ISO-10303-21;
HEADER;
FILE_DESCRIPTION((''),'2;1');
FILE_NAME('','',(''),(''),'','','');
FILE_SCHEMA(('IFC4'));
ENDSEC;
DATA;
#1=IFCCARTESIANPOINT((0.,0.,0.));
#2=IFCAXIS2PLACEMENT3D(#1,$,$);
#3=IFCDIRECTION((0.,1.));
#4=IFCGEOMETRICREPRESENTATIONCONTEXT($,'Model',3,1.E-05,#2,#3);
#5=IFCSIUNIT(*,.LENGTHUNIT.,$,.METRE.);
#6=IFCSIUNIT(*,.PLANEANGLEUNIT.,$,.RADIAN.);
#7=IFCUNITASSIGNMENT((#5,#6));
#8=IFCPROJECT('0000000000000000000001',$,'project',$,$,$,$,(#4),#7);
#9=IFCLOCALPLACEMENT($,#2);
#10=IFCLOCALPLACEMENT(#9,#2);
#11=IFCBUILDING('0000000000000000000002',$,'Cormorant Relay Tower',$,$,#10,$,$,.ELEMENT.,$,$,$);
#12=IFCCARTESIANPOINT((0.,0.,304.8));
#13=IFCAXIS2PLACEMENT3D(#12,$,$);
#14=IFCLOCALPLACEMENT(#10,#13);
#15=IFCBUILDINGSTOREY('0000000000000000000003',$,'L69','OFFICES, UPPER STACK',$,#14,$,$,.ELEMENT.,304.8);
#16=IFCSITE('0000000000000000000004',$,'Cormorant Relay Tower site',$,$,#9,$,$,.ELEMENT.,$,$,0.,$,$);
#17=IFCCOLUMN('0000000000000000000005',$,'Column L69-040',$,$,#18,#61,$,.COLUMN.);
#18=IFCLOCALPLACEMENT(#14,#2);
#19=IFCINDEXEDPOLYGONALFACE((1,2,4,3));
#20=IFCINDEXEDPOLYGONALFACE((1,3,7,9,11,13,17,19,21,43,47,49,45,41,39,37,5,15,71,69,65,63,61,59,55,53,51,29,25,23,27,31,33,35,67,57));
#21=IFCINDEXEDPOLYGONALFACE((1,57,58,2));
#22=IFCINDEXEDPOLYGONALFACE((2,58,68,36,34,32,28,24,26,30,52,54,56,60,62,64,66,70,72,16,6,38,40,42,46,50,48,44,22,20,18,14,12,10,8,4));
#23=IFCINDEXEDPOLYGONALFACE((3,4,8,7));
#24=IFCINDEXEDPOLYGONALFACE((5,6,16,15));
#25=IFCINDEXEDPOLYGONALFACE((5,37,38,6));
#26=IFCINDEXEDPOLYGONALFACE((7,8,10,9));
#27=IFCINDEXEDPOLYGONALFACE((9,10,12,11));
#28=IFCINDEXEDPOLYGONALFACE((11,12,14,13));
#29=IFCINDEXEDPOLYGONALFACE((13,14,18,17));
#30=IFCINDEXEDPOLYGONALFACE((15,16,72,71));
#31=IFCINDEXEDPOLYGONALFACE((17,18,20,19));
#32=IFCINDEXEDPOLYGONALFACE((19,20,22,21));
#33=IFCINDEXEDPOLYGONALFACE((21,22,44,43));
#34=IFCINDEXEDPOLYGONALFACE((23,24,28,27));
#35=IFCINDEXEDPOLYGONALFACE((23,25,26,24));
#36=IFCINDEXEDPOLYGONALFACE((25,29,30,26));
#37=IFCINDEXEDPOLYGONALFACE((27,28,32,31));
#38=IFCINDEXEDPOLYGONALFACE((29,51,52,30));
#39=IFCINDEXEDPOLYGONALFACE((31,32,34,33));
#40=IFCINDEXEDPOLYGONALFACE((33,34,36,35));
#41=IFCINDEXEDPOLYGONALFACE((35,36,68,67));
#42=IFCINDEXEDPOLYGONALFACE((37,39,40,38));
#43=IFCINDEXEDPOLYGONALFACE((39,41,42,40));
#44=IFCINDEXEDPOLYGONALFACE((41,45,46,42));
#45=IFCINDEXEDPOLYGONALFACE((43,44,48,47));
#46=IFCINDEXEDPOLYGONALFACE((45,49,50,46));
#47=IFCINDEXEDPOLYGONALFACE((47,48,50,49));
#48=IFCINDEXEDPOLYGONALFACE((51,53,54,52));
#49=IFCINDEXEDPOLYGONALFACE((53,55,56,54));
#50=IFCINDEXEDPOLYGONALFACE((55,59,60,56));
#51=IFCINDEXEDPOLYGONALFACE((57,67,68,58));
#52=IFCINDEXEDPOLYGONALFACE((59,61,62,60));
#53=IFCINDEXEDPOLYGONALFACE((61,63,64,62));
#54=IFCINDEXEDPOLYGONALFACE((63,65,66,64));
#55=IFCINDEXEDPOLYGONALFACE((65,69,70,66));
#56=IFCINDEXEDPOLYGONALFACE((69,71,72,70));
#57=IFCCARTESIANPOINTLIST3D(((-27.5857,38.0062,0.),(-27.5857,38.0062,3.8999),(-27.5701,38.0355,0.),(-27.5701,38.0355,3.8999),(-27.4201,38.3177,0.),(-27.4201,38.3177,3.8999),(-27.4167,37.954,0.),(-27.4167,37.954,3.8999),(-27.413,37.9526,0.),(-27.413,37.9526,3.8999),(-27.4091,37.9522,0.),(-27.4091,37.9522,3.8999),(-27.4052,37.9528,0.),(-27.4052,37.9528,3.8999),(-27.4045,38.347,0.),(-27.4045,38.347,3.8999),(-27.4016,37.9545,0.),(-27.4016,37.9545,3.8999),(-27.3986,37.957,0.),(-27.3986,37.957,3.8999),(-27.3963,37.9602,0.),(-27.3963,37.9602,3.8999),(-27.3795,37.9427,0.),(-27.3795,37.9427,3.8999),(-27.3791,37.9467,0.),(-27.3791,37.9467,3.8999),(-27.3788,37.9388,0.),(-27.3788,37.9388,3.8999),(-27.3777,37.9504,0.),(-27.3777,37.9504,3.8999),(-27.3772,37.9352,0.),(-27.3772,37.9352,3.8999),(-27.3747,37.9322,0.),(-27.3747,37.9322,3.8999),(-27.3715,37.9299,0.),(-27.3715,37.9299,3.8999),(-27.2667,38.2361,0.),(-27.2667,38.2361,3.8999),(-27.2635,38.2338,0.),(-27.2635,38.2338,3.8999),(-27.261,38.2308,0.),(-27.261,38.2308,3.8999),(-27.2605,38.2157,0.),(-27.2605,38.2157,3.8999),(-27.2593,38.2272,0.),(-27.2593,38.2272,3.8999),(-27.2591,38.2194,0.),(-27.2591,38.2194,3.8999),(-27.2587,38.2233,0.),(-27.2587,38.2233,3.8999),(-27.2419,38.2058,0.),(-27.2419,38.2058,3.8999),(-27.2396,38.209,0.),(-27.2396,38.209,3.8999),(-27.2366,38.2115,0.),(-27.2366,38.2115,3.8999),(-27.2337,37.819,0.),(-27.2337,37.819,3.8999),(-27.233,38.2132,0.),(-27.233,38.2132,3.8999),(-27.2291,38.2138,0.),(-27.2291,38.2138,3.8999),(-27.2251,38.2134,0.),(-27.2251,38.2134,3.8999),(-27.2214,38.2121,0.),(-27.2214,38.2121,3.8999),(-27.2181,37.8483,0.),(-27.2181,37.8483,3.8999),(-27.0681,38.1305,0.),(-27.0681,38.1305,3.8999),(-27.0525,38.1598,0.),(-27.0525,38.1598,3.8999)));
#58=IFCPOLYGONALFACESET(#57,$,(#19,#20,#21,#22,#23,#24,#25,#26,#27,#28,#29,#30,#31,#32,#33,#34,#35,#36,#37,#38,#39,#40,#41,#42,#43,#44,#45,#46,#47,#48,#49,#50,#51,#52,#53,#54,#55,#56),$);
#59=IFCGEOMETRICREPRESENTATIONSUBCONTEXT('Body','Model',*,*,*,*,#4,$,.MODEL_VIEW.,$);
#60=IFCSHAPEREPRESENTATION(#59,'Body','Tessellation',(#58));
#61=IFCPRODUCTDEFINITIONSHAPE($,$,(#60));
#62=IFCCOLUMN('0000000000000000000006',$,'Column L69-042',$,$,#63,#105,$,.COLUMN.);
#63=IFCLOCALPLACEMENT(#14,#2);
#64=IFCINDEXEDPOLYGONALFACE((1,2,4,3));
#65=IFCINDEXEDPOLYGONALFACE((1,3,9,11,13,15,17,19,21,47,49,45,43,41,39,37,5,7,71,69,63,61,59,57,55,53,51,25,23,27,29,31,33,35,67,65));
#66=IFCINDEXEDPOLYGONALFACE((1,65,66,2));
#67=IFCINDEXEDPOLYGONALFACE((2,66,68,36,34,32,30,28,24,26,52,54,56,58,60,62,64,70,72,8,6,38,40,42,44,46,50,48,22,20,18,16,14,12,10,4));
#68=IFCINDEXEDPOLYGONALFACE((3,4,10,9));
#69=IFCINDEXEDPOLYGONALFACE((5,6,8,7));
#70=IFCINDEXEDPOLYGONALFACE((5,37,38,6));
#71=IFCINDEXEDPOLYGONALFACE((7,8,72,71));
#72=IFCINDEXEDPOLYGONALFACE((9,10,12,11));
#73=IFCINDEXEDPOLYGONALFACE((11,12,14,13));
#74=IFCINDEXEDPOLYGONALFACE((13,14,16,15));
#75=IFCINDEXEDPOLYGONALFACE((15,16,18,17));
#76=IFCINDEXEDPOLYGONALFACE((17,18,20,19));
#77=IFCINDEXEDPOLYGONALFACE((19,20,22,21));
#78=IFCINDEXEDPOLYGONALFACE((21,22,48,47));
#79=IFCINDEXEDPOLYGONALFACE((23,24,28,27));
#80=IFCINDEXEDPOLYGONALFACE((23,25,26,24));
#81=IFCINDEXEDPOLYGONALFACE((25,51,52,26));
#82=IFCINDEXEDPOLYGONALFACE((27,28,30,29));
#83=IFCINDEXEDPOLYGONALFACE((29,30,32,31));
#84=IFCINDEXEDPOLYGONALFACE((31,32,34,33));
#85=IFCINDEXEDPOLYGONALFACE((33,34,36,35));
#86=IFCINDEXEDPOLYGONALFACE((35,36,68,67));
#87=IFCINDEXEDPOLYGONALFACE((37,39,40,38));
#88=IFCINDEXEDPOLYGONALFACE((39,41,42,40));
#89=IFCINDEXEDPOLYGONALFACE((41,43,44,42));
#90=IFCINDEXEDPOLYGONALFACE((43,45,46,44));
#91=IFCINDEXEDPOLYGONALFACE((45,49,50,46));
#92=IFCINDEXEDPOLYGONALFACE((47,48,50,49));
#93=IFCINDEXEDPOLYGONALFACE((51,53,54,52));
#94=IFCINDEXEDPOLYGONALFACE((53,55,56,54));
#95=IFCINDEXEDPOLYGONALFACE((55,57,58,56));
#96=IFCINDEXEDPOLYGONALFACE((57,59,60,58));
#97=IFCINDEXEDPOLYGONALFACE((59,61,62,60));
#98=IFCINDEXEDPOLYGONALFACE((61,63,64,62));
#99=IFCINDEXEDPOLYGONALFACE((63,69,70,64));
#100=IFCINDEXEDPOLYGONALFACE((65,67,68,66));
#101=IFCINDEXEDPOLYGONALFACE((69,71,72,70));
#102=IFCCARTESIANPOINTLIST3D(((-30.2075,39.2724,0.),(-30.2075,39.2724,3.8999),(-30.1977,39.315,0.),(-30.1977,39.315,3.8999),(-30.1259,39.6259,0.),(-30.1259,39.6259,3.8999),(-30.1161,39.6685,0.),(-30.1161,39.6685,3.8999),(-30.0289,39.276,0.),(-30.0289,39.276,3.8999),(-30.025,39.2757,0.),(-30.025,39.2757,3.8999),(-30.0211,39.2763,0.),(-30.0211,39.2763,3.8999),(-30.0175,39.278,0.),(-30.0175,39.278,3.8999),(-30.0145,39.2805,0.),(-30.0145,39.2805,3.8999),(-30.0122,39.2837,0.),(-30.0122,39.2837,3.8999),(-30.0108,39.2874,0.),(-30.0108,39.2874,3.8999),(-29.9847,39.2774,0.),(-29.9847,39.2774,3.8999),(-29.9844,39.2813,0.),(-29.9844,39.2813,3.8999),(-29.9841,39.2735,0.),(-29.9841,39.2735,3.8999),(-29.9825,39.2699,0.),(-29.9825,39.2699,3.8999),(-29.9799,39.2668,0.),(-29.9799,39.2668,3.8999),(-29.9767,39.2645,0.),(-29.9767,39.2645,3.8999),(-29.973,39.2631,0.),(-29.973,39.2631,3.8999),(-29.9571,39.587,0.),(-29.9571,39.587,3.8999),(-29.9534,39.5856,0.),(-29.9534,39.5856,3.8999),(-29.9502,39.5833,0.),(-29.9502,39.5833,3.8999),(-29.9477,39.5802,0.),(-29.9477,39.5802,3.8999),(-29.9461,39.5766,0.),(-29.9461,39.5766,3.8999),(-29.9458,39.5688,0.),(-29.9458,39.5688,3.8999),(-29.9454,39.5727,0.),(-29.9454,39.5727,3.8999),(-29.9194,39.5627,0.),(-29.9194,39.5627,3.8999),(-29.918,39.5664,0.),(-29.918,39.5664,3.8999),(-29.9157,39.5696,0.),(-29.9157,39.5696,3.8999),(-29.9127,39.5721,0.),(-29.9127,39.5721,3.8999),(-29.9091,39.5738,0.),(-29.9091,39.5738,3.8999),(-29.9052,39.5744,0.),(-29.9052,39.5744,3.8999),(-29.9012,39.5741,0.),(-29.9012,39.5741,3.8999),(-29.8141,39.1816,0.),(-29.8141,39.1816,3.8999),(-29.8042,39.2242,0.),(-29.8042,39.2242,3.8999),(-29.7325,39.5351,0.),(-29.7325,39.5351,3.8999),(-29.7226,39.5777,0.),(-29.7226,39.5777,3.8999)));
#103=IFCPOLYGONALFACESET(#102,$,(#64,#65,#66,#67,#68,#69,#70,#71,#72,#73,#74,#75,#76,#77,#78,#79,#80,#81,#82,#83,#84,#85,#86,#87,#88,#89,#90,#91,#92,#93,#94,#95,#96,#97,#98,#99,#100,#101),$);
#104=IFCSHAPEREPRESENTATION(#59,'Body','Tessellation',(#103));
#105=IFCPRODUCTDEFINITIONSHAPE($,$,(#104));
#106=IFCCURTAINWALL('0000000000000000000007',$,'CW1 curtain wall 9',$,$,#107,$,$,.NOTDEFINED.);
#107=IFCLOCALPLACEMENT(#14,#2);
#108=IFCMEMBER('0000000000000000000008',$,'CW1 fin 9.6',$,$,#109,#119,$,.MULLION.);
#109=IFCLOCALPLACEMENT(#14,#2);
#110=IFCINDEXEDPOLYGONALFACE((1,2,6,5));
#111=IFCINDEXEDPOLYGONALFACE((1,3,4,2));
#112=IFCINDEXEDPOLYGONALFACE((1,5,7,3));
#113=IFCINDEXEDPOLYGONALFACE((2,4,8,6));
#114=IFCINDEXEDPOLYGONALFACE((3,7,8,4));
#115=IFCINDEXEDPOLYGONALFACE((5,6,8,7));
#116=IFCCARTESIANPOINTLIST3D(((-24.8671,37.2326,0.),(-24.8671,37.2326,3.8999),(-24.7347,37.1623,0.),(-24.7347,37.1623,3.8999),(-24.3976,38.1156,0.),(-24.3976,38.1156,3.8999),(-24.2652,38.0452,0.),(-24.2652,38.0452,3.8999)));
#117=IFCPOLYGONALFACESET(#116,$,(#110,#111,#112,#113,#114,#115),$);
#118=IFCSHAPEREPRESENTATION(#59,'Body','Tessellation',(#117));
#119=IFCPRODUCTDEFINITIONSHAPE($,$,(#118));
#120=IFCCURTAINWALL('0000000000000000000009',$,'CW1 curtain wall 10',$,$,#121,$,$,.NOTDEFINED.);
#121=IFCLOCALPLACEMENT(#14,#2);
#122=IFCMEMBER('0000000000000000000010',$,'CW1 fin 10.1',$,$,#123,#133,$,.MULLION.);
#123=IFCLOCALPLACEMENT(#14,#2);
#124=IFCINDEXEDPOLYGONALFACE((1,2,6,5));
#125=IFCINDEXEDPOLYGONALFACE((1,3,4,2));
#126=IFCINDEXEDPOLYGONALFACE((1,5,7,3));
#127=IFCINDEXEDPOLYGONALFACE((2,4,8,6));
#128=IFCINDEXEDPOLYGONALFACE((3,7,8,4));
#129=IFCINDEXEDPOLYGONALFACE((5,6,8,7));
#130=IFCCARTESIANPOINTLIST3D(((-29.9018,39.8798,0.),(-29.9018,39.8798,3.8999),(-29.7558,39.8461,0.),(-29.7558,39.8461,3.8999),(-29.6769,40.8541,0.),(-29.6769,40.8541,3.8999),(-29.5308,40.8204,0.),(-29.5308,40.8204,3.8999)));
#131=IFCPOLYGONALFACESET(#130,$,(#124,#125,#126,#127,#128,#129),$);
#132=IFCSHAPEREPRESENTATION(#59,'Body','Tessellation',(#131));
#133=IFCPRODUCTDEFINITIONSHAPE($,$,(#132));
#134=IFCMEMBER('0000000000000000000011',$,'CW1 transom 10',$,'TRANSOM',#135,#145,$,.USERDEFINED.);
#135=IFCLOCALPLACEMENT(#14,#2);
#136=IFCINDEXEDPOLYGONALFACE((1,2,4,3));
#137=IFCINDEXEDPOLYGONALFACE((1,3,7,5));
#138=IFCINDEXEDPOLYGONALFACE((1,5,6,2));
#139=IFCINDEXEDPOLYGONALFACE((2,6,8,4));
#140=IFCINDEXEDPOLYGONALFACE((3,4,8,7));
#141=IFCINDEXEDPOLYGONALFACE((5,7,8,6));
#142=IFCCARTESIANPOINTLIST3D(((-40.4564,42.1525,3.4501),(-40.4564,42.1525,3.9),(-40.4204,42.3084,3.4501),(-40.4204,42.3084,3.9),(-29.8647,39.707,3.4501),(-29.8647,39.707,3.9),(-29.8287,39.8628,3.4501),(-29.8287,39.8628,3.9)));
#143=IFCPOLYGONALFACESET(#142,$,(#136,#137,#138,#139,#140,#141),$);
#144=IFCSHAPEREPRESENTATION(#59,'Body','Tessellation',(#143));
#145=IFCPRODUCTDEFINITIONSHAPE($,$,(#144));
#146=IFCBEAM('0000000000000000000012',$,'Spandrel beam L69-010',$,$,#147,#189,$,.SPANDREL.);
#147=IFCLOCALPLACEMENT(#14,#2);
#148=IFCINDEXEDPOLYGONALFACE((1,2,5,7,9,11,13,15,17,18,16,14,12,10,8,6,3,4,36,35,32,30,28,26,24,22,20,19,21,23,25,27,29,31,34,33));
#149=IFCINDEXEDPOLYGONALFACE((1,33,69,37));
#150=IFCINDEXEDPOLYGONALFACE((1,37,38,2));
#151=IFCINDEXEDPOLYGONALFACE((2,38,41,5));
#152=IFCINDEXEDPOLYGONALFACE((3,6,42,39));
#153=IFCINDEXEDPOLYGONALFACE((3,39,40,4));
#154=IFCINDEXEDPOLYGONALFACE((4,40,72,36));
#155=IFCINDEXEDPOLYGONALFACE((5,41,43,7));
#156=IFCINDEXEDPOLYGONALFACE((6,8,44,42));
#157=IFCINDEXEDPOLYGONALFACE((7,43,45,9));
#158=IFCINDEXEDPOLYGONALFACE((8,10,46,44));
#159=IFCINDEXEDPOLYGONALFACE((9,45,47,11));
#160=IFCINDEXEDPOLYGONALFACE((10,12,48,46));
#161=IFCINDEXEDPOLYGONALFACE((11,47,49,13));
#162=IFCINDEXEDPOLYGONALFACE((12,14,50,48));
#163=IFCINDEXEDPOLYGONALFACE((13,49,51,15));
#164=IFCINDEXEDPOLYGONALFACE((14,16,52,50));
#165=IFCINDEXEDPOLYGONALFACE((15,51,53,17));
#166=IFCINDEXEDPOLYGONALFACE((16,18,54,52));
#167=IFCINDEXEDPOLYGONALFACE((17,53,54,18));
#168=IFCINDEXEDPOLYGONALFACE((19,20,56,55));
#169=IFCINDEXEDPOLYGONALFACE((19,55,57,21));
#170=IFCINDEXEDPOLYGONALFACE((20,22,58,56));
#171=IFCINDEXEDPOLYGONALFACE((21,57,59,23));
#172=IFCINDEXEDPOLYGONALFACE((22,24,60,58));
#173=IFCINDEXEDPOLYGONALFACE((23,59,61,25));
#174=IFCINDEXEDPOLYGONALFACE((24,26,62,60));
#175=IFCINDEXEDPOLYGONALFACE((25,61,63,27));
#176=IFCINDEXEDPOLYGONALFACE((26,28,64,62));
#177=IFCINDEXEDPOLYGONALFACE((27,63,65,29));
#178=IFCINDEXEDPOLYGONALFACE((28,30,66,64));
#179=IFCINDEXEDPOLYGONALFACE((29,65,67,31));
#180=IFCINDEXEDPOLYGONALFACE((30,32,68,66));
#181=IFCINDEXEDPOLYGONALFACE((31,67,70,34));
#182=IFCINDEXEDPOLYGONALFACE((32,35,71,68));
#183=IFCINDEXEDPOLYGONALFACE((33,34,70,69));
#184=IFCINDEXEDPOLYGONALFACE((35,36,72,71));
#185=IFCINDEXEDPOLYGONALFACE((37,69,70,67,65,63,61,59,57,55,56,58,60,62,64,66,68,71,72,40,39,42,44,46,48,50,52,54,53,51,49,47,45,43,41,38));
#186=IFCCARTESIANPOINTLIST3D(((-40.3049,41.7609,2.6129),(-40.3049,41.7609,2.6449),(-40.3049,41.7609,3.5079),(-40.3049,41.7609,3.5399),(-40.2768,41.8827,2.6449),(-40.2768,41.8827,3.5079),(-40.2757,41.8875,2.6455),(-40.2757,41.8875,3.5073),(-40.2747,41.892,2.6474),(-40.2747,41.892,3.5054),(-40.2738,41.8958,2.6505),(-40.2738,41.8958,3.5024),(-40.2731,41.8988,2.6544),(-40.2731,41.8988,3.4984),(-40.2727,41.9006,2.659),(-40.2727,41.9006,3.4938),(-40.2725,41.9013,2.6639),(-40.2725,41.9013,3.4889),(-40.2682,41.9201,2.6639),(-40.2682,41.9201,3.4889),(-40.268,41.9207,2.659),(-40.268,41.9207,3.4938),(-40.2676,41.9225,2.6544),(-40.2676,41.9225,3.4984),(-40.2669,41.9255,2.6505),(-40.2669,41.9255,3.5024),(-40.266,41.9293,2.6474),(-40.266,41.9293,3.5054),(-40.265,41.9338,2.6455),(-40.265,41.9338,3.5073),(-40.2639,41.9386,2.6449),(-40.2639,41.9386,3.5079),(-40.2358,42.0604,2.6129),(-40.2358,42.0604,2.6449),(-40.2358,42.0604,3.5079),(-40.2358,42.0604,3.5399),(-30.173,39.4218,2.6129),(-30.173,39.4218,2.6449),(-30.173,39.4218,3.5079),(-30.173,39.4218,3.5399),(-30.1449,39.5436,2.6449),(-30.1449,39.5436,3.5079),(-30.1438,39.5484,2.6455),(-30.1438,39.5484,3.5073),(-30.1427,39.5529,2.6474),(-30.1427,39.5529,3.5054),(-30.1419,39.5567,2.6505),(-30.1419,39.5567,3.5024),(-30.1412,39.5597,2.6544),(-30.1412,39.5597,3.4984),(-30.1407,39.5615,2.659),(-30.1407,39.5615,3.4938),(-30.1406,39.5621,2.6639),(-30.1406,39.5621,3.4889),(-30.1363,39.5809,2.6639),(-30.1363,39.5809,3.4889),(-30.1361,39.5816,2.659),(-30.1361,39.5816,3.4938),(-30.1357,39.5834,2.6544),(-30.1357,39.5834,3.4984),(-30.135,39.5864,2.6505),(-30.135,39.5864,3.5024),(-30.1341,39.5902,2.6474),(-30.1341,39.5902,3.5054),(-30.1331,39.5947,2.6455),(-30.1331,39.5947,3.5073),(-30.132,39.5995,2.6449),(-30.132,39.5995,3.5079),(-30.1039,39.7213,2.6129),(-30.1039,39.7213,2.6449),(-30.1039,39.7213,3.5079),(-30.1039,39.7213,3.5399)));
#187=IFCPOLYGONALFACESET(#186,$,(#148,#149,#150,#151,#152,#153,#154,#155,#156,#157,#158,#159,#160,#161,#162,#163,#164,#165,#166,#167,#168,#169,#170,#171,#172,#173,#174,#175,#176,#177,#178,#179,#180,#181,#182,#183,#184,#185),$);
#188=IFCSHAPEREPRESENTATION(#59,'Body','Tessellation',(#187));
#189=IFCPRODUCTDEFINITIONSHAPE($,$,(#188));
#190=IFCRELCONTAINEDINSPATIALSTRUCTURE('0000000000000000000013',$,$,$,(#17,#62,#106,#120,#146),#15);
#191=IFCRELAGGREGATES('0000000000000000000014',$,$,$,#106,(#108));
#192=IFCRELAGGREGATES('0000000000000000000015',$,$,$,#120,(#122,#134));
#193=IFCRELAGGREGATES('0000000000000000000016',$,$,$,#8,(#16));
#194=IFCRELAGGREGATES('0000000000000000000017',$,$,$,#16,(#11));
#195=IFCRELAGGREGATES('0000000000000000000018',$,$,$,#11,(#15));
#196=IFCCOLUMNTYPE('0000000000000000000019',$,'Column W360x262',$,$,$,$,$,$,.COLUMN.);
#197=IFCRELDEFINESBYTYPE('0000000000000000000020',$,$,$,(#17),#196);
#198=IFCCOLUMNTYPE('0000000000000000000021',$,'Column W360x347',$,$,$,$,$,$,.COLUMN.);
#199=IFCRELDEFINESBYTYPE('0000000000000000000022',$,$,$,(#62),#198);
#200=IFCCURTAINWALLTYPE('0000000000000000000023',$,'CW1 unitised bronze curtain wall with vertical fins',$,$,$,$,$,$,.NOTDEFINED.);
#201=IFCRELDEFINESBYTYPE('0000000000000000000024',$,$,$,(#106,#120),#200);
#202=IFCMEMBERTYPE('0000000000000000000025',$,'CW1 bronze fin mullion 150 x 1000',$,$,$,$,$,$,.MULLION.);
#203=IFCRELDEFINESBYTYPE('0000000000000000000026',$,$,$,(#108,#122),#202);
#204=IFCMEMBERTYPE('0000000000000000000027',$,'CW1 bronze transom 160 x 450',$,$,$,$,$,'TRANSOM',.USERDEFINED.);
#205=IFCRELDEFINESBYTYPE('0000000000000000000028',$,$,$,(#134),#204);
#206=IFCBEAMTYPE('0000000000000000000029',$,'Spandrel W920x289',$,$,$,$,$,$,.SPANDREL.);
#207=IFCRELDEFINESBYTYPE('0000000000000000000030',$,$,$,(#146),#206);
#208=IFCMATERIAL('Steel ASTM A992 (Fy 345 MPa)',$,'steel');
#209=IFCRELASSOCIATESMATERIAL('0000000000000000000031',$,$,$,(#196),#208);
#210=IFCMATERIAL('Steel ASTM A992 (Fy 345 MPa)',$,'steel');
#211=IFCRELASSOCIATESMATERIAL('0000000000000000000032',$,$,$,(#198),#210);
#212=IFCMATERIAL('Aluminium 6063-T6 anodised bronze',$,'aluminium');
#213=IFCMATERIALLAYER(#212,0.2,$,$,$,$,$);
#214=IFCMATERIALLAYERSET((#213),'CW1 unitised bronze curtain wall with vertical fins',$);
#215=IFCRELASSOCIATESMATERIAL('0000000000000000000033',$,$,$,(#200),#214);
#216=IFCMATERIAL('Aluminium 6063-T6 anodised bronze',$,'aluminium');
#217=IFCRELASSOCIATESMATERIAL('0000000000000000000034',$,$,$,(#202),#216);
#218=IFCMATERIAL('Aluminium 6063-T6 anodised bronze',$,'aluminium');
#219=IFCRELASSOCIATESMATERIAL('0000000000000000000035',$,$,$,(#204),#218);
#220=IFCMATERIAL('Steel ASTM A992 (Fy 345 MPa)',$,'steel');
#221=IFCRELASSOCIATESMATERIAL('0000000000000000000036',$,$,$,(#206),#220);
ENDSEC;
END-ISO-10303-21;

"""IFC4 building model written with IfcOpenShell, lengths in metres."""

from ifc_helpers import new_model, si_unit, direction, frame, origin, origin_2d, place, context, subcontext, project, spatial, rectangle, i_section, extrude, material, layer, layer_set, material_profile, profile_set, type_object, element, aggregate, save


model = new_model("IFC4")

# Units and contexts
model_context = context("Model", 3, precision=1e-05, world=origin(), true_north=direction((0.0, 1.0)))
body_context = subcontext(model_context, "Body", "Model", "MODEL_VIEW")
ifc_project = project(units=[si_unit("LENGTHUNIT", "METRE"), si_unit("PLANEANGLEUNIT", "RADIAN")], contexts=[model_context])

# Site, building, storey
site_placement = place(None, origin())
site = spatial("IfcSite", under=ifc_project, at=site_placement, Name="Cormorant Relay Tower site", CompositionType="ELEMENT", RefElevation=0.0)
building_placement = place(site_placement, origin())
building = spatial("IfcBuilding", under=site, at=building_placement, Name="Cormorant Relay Tower", CompositionType="ELEMENT")
storey_placement = place(building_placement, frame((0.0, 0.0, 304.8)))
storey = spatial("IfcBuildingStorey", under=building, at=storey_placement, Name="L69", Description="OFFICES, UPPER STACK", CompositionType="ELEMENT", Elevation=304.8)

# Columns
ifc_material_1 = material(Name="Steel ASTM A992 (Fy 345 MPa)", Category="steel")
ifc_material_profile_1 = material_profile(ifc_material_1, i_section(OverallWidth=0.3987, OverallDepth=0.386, WebThickness=0.021, FlangeThickness=0.0332, FilletRadius=0.0151, at=origin_2d()), Name="W360x262")
ifc_profile_set_1 = profile_set([ifc_material_profile_1], Name="Steel ASTM A992 (Fy 345 MPa)")
column_type_1 = type_object("IfcColumnType", Name="Column W360x262", PredefinedType="COLUMN", material=ifc_profile_set_1)
column_1_placement = place(storey_placement, frame((-27.3191, 38.083, 0.0), z_axis=(0.0, 0.0, 1.0), x_axis=(-0.882948, 0.469472, 0.0)))
element("IfcColumn", 1, at=column_1_placement, inside=storey, type_object=column_type_1, Name="Column L69-040", PredefinedType="COLUMN", context=body_context, shape_type="SweptSolid", body=[
    extrude(i_section(OverallWidth=0.3987, OverallDepth=0.386, WebThickness=0.021, FlangeThickness=0.0332, FilletRadius=0.0151, at=origin_2d()), origin(), (0.0, 0.0, 1.0), 3.8999),
])
ifc_material_2 = material(Name="Steel ASTM A992 (Fy 345 MPa)", Category="steel")
ifc_material_profile_2 = material_profile(ifc_material_2, i_section(OverallWidth=0.4038, OverallDepth=0.4065, WebThickness=0.0271, FlangeThickness=0.0437, FilletRadius=0.0151, at=origin_2d()), Name="W360x347")
ifc_profile_set_2 = profile_set([ifc_material_profile_2], Name="Steel ASTM A992 (Fy 345 MPa)")
column_type_2 = type_object("IfcColumnType", Name="Column W360x347", PredefinedType="COLUMN", material=ifc_profile_set_2)
column_2_placement = place(storey_placement, frame((-29.9651, 39.425, 0.0), z_axis=(0.0, 0.0, 1.0), x_axis=(-0.97437, 0.224951, 0.0)))
element("IfcColumn", 2, at=column_2_placement, inside=storey, type_object=column_type_2, Name="Column L69-042", PredefinedType="COLUMN", context=body_context, shape_type="SweptSolid", body=[
    extrude(i_section(OverallWidth=0.4038, OverallDepth=0.4065, WebThickness=0.0271, FlangeThickness=0.0437, FilletRadius=0.0151, at=origin_2d()), origin(), (0.0, 0.0, 1.0), 3.8999),
])

# Curtain wall, member
ifc_material_3 = material(Name="Aluminium 6063-T6 anodised bronze", Category="aluminium")
ifc_layer_1 = layer(ifc_material_3, 0.2)
ifc_layer_set_1 = layer_set([ifc_layer_1], Name="CW1 unitised bronze curtain wall with vertical fins")
curtain_wall_type = type_object("IfcCurtainWallType", Name="CW1 unitised bronze curtain wall with vertical fins", PredefinedType="NOTDEFINED", material=ifc_layer_set_1)
curtain_wall_1_placement = place(storey_placement, origin())
curtain_wall_1 = element("IfcCurtainWall", 3, at=curtain_wall_1_placement, inside=storey, type_object=curtain_wall_type, Name="CW1 curtain wall 9", PredefinedType="NOTDEFINED")
ifc_material_4 = material(Name="Aluminium 6063-T6 anodised bronze", Category="aluminium")
ifc_material_profile_3 = material_profile(ifc_material_4, rectangle(XDim=0.1499, YDim=1.0, at=origin_2d()), Name="AL 150x1000")
ifc_profile_set_3 = profile_set([ifc_material_profile_3], Name="Aluminium 6063-T6 anodised bronze")
member_type_1 = type_object("IfcMemberType", Name="CW1 bronze fin mullion 150 x 1000", PredefinedType="MULLION", material=ifc_profile_set_3)
member_1_placement = place(storey_placement, frame((-24.5662, 37.6389, 0.0), z_axis=(0.0, 0.0, 1.0), x_axis=(-0.882948, 0.469472, 0.0)))
member_1 = element("IfcMember", 4, at=member_1_placement, type_object=member_type_1, Name="CW1 fin 9.6", PredefinedType="MULLION", context=body_context, shape_type="SweptSolid", body=[
    extrude(rectangle(XDim=0.1499, YDim=1.0, at=origin_2d()), origin(), (0.0, 0.0, 1.0), 3.8999),
])

# Curtain wall, members
curtain_wall_2_placement = place(storey_placement, origin())
curtain_wall_2 = element("IfcCurtainWall", 5, at=curtain_wall_2_placement, inside=storey, type_object=curtain_wall_type, Name="CW1 curtain wall 10", PredefinedType="NOTDEFINED")
member_2_placement = place(storey_placement, frame((-29.7163, 40.3501, 0.0), z_axis=(0.0, 0.0, 1.0), x_axis=(-0.97437, 0.224951, 0.0)))
member_2 = element("IfcMember", 6, at=member_2_placement, type_object=member_type_1, Name="CW1 fin 10.1", PredefinedType="MULLION", context=body_context, shape_type="SweptSolid", body=[
    extrude(rectangle(XDim=0.1499, YDim=1.0, at=origin_2d()), origin(), (0.0, 0.0, 1.0), 3.8999),
])
ifc_material_5 = material(Name="Aluminium 6063-T6 anodised bronze", Category="aluminium")
ifc_material_profile_4 = material_profile(ifc_material_5, rectangle(XDim=0.1599, YDim=0.45, at=origin_2d()), Name="AL 160x450")
ifc_profile_set_4 = profile_set([ifc_material_profile_4], Name="Aluminium 6063-T6 anodised bronze")
member_type_2 = type_object("IfcMemberType", Name="CW1 bronze transom 160 x 450", ElementType="TRANSOM", PredefinedType="USERDEFINED", material=ifc_profile_set_4)
member_3_placement = place(storey_placement, frame((-29.8467, 39.7849, 3.675), z_axis=(-0.974365, 0.224973, 0.0), x_axis=(-0.224973, -0.974365, 0.0)))
member_3 = element("IfcMember", 7, at=member_3_placement, type_object=member_type_2, Name="CW1 transom 10", ObjectType="TRANSOM", PredefinedType="USERDEFINED", context=body_context, shape_type="SweptSolid", body=[
    extrude(rectangle(XDim=0.1599, YDim=0.45, at=origin_2d()), origin(), (0.0, 0.0, 1.0), 10.8704),
])

# Beam
ifc_material_6 = material(Name="Steel ASTM A992 (Fy 345 MPa)", Category="steel")
ifc_material_profile_5 = material_profile(ifc_material_6, i_section(OverallWidth=0.3074, OverallDepth=0.927, WebThickness=0.0193, FlangeThickness=0.032, FilletRadius=0.019, at=origin_2d()), Name="W920x289")
ifc_profile_set_5 = profile_set([ifc_material_profile_5], Name="Steel ASTM A992 (Fy 345 MPa)")
beam_type = type_object("IfcBeamType", Name="Spandrel W920x289", PredefinedType="SPANDREL", material=ifc_profile_set_5)
beam_placement = place(storey_placement, frame((-30.1384, 39.5715, 3.0764), z_axis=(-0.97437, 0.22495, 0.0), x_axis=(-0.22495, -0.97437, 0.0)))
element("IfcBeam", 8, at=beam_placement, inside=storey, type_object=beam_type, Name="Spandrel beam L69-010", PredefinedType="SPANDREL", context=body_context, shape_type="SweptSolid", body=[
    extrude(i_section(OverallWidth=0.3074, OverallDepth=0.927, WebThickness=0.0193, FlangeThickness=0.032, FilletRadius=0.019, at=origin_2d()), origin(), (0.0, 0.0, 1.0), 10.3984),
])

aggregate(curtain_wall_1, [member_1])
aggregate(curtain_wall_2, [member_2, member_3])

save(model, "model.ifc")
